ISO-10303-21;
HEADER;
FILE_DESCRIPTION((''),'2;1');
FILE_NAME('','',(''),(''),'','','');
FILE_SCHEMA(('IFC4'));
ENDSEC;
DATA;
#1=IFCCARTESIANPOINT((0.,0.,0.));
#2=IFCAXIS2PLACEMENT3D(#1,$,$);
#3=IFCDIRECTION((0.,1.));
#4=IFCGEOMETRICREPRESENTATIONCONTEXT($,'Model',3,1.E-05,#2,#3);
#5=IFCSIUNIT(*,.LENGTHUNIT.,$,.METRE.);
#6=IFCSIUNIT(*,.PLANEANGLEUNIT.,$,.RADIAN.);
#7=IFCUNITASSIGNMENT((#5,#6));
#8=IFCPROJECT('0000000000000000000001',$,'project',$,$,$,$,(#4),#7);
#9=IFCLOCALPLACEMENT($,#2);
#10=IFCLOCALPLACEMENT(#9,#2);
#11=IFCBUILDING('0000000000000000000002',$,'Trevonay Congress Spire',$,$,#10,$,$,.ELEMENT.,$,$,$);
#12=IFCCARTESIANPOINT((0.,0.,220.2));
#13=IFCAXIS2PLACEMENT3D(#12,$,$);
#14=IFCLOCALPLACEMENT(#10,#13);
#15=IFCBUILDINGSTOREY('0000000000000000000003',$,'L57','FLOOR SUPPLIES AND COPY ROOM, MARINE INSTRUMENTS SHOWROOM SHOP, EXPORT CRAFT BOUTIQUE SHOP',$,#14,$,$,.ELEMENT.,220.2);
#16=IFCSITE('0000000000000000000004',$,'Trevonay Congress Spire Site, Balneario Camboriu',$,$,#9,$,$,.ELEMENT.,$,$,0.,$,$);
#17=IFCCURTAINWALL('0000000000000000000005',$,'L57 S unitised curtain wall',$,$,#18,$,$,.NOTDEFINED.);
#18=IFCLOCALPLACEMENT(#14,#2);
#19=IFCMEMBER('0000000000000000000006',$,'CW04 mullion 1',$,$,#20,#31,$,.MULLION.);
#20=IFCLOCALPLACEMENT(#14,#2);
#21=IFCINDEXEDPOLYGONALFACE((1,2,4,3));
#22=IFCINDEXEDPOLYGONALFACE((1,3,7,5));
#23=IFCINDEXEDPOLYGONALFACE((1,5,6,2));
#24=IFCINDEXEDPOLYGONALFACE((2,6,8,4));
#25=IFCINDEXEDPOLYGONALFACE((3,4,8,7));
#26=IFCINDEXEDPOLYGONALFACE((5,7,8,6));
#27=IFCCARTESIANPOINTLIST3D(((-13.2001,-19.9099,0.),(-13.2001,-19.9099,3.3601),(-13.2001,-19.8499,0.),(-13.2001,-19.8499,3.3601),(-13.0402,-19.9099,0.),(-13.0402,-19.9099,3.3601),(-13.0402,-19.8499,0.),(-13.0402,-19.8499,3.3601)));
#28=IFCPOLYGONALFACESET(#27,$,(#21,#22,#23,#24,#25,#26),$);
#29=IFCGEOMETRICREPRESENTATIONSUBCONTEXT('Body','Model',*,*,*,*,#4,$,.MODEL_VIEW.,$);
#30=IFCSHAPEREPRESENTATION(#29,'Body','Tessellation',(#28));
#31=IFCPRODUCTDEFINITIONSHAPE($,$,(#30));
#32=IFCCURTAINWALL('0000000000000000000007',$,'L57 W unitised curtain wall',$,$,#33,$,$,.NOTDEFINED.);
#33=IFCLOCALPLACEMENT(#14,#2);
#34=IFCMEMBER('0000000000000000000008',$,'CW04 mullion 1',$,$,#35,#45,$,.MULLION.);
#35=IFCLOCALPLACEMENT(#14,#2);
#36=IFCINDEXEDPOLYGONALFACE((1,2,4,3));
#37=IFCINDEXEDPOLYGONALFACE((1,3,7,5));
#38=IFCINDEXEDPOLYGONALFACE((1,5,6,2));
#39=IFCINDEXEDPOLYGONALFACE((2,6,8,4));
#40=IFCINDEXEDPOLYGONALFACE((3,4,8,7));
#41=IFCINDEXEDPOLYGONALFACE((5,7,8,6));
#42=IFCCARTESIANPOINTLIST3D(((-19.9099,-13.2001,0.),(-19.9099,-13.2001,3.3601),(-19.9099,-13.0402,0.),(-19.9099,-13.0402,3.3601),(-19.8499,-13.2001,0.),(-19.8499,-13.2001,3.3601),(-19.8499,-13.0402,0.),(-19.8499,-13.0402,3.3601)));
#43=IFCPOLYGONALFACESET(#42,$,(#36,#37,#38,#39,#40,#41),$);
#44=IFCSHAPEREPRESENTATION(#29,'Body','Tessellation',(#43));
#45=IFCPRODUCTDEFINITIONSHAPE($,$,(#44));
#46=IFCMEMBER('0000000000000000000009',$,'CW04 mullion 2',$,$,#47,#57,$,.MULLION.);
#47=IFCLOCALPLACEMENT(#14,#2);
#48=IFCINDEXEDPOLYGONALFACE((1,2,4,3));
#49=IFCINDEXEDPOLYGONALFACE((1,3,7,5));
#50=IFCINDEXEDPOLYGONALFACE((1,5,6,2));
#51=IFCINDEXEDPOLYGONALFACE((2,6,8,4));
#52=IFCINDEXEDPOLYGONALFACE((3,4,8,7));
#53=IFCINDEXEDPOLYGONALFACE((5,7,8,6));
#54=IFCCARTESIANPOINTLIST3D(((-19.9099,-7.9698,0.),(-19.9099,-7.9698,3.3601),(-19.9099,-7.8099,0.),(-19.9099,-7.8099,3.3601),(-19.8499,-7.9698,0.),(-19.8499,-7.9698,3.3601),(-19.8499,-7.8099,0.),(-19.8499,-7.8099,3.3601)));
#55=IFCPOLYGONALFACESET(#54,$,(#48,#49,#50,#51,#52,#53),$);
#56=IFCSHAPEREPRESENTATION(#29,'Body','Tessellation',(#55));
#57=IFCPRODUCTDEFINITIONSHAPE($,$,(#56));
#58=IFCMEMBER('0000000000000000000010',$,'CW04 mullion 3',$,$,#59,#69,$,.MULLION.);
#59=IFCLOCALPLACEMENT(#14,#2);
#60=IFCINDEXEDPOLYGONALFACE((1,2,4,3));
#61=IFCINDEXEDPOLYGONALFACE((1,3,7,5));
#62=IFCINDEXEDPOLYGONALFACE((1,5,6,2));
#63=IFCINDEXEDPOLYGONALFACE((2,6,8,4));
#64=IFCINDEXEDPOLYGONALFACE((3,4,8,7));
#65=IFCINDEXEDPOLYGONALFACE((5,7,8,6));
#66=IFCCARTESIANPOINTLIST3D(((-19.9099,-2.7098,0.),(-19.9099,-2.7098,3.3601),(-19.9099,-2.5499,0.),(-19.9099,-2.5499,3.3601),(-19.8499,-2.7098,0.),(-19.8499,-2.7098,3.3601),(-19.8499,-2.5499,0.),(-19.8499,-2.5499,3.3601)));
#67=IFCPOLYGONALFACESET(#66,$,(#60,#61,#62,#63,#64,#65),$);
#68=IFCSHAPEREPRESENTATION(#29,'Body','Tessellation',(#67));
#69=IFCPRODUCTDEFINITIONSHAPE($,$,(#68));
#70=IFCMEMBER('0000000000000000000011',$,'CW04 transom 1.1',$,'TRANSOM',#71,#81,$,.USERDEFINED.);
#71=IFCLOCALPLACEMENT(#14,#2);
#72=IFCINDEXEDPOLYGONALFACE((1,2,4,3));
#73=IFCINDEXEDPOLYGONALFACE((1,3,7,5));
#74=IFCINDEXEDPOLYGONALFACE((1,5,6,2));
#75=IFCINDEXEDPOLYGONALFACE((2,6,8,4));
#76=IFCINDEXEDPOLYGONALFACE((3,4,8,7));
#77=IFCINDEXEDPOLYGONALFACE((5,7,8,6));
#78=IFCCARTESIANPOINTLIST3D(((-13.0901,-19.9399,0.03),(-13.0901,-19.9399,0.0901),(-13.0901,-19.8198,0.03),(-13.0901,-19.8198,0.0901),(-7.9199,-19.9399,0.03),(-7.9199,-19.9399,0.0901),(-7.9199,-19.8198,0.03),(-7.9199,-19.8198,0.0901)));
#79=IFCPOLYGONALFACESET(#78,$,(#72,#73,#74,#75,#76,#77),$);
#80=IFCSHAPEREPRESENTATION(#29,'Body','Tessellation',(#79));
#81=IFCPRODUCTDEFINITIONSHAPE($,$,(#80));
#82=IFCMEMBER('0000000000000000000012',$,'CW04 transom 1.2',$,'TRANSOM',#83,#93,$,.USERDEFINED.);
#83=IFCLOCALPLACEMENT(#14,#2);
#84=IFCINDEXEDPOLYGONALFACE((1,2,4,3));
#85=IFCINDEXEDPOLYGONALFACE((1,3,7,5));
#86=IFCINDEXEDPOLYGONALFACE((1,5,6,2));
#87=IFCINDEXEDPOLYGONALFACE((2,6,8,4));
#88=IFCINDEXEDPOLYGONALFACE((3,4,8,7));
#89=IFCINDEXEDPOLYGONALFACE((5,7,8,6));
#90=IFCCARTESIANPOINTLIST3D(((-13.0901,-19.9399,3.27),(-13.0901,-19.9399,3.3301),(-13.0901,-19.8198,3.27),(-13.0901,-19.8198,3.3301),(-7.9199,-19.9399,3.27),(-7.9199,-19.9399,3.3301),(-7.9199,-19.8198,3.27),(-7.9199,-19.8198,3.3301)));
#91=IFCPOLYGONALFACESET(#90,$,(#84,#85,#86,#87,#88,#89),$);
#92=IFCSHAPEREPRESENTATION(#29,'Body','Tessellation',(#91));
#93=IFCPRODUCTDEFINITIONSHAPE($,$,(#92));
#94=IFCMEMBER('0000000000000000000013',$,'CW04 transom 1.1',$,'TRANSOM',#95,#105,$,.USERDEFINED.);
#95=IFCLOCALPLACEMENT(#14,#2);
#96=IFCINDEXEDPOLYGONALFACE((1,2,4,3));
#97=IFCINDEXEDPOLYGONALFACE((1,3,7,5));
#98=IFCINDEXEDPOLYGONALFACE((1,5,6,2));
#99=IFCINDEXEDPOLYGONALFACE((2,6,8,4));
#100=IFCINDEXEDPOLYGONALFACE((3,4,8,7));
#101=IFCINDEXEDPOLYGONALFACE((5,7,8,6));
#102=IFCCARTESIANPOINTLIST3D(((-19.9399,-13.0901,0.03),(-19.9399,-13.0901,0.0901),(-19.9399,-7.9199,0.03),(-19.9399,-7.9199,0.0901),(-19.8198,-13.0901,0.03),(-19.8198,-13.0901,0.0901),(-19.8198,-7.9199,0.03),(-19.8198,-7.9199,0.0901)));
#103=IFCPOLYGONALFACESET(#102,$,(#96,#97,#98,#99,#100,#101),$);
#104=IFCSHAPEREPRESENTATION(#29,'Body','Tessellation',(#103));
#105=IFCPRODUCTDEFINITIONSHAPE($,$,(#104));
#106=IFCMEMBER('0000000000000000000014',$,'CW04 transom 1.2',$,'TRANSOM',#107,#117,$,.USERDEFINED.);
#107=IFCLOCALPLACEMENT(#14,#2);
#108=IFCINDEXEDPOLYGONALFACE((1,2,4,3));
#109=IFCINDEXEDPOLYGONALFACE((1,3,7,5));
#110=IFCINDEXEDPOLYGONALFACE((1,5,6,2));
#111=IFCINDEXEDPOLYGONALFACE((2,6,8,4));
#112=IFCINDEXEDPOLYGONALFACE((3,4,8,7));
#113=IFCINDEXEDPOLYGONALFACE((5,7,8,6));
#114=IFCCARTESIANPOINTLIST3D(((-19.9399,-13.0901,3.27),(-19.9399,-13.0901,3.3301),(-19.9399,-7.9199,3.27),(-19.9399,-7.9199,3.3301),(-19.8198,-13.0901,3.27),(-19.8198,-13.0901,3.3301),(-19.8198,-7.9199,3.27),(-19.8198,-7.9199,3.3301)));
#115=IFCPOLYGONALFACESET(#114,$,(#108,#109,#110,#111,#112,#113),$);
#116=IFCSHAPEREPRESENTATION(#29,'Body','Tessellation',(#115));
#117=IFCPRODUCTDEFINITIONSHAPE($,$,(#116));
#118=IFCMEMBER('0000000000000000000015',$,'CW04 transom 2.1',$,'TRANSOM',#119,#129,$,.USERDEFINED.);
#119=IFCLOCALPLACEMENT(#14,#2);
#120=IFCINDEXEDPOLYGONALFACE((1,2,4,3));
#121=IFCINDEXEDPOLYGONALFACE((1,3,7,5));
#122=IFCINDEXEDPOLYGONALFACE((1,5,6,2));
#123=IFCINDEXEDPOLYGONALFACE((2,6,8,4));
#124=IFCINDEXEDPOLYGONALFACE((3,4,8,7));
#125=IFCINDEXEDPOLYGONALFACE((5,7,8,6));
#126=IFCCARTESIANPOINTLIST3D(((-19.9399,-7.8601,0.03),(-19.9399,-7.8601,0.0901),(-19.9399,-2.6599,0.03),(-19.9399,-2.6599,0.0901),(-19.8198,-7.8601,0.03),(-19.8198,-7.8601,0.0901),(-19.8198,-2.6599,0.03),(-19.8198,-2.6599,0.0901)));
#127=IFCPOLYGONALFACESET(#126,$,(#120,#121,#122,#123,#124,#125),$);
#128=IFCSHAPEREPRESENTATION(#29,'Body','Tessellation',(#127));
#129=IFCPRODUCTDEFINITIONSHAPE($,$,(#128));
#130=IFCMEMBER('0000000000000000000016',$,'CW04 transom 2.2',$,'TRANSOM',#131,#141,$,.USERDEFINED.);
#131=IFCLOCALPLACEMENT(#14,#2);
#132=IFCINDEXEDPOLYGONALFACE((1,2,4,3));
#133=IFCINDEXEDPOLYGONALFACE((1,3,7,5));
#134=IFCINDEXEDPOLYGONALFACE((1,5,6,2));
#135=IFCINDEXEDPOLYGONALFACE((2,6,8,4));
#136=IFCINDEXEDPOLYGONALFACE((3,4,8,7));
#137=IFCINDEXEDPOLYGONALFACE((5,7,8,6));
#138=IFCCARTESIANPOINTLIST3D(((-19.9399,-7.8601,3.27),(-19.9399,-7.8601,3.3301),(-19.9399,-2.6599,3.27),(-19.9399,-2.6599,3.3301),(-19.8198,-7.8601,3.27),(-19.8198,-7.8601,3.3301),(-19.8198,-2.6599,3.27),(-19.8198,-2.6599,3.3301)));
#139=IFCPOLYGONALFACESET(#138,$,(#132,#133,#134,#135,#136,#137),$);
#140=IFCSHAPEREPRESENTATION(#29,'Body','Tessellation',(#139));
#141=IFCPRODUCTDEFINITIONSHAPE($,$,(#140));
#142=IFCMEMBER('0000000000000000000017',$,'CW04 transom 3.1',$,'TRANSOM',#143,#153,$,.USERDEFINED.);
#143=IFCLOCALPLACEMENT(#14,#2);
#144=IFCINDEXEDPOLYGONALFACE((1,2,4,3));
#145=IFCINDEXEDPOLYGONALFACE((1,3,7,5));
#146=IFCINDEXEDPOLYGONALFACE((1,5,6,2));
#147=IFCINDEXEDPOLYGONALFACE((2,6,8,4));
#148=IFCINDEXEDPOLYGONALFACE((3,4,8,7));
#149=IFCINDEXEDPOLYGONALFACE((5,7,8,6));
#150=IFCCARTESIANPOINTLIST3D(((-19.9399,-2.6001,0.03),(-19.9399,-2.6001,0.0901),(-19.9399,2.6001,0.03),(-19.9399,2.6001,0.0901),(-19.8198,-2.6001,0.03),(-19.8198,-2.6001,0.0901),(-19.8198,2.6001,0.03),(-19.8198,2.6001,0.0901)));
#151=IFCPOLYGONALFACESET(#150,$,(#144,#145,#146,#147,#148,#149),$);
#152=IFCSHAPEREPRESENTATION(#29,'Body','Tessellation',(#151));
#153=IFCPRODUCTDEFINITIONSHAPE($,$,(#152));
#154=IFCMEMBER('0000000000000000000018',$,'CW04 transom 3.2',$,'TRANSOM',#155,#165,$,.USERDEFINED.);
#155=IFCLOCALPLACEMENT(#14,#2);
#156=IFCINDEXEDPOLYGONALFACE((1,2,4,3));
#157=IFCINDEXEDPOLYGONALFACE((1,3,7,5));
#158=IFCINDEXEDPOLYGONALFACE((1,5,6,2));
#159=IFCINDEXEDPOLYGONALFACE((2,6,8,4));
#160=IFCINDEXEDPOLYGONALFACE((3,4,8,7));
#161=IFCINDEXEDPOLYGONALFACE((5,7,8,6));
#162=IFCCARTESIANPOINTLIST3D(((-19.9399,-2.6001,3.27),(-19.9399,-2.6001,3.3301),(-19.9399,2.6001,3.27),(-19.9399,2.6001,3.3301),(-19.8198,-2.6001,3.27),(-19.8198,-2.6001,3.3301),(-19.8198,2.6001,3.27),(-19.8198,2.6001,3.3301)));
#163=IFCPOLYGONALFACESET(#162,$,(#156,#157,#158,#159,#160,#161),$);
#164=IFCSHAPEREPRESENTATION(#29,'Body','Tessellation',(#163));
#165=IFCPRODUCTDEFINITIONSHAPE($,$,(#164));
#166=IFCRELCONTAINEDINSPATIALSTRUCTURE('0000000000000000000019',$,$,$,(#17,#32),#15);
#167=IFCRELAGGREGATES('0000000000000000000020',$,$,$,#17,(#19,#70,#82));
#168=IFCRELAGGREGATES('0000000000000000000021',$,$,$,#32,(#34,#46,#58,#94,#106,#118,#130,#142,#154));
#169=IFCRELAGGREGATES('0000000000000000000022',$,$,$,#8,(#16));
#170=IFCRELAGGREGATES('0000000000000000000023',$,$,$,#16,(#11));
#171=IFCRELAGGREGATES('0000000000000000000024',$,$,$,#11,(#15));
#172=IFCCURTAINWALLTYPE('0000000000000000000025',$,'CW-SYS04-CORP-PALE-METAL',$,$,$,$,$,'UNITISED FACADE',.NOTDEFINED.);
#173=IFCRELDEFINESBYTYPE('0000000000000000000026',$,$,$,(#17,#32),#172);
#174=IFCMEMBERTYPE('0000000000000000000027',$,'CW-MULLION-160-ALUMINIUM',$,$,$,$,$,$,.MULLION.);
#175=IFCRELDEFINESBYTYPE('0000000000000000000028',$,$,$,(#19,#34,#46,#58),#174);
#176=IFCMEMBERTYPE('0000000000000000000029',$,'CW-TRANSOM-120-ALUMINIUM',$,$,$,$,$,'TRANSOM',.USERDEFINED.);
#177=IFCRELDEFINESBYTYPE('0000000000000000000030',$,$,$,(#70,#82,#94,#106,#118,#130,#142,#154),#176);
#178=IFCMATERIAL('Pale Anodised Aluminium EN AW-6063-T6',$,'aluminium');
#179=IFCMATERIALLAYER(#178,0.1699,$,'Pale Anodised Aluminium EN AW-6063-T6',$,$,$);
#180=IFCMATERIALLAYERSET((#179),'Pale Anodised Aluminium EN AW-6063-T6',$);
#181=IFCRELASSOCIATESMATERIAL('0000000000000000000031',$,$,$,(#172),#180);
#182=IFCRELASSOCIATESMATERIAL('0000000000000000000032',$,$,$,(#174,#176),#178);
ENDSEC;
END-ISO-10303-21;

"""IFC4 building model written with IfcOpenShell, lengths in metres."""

from ifc_helpers import new_model, si_unit, direction, frame, origin, origin_2d, place, context, subcontext, project, spatial, rectangle, extrude, material, layer, layer_set, material_profile, profile_set, type_object, element, aggregate, save


model = new_model("IFC4")

# Units and contexts
model_context = context("Model", 3, precision=1e-05, world=origin(), true_north=direction((0.0, 1.0)))
body_context = subcontext(model_context, "Body", "Model", "MODEL_VIEW")
ifc_project = project(units=[si_unit("LENGTHUNIT", "METRE"), si_unit("PLANEANGLEUNIT", "RADIAN")], contexts=[model_context])

# Site, building, storey
site_placement = place(None, origin())
site = spatial("IfcSite", under=ifc_project, at=site_placement, Name="Trevonay Congress Spire Site, Balneario Camboriu", CompositionType="ELEMENT", RefElevation=0.0)
building_placement = place(site_placement, origin())
building = spatial("IfcBuilding", under=site, at=building_placement, Name="Trevonay Congress Spire", CompositionType="ELEMENT")
storey_placement = place(building_placement, frame((0.0, 0.0, 220.2)))
storey = spatial("IfcBuildingStorey", under=building, at=storey_placement, Name="L57", Description="FLOOR SUPPLIES AND COPY ROOM, MARINE INSTRUMENTS SHOWROOM SHOP, EXPORT CRAFT BOUTIQUE SHOP", CompositionType="ELEMENT", Elevation=220.2)

# Curtain wall, member
ifc_material_1 = material(Name="Pale Anodised Aluminium EN AW-6063-T6", Category="aluminium")
ifc_layer_1 = layer(ifc_material_1, 0.1699, Name="Pale Anodised Aluminium EN AW-6063-T6")
ifc_layer_set_1 = layer_set([ifc_layer_1], Name="Pale Anodised Aluminium EN AW-6063-T6")
curtain_wall_type = type_object("IfcCurtainWallType", Name="CW-SYS04-CORP-PALE-METAL", ElementType="UNITISED FACADE", PredefinedType="NOTDEFINED", material=ifc_layer_set_1)
curtain_wall_1_placement = place(storey_placement, origin())
curtain_wall_1 = element("IfcCurtainWall", 1, at=curtain_wall_1_placement, inside=storey, type_object=curtain_wall_type, Name="L57 S unitised curtain wall", PredefinedType="NOTDEFINED")
ifc_material_profile_1 = material_profile(ifc_material_1, rectangle(XDim=0.0601, YDim=0.1599, at=origin_2d()), Name="CW-MULLION-160-ALUMINIUM")
ifc_profile_set_1 = profile_set([ifc_material_profile_1], Name="Pale Anodised Aluminium EN AW-6063-T6")
member_type_1 = type_object("IfcMemberType", Name="CW-MULLION-160-ALUMINIUM", PredefinedType="MULLION", material=ifc_profile_set_1)
member_1_placement = place(storey_placement, frame((-13.1201, -19.8799, 0.0), z_axis=(0.0, 0.0, 1.0), x_axis=(0.0, 1.0, 0.0)))
member_1 = element("IfcMember", 2, at=member_1_placement, type_object=member_type_1, Name="CW04 mullion 1", PredefinedType="MULLION", context=body_context, shape_type="SweptSolid", body=[
    extrude(rectangle(XDim=0.0601, YDim=0.1599, at=origin_2d()), origin(), (0.0, 0.0, 1.0), 3.3601),
])

# Curtain wall, members
curtain_wall_2_placement = place(storey_placement, origin())
curtain_wall_2 = element("IfcCurtainWall", 3, at=curtain_wall_2_placement, inside=storey, type_object=curtain_wall_type, Name="L57 W unitised curtain wall", PredefinedType="NOTDEFINED")
member_2_placement = place(storey_placement, frame((-19.8799, -13.1201, 0.0), z_axis=(0.0, 0.0, 1.0), x_axis=(-1.0, 0.0, 0.0)))
member_2 = element("IfcMember", 4, at=member_2_placement, type_object=member_type_1, Name="CW04 mullion 1", PredefinedType="MULLION", context=body_context, shape_type="SweptSolid", body=[
    extrude(rectangle(XDim=0.0601, YDim=0.1599, at=origin_2d()), origin(), (0.0, 0.0, 1.0), 3.3601),
])
member_3_placement = place(storey_placement, frame((-19.8799, -7.8899, 0.0), z_axis=(0.0, 0.0, 1.0), x_axis=(-1.0, 0.0, 0.0)))
member_3 = element("IfcMember", 5, at=member_3_placement, type_object=member_type_1, Name="CW04 mullion 2", PredefinedType="MULLION", context=body_context, shape_type="SweptSolid", body=[
    extrude(rectangle(XDim=0.0601, YDim=0.1599, at=origin_2d()), origin(), (0.0, 0.0, 1.0), 3.3601),
])
member_4_placement = place(storey_placement, frame((-19.8799, -2.6299, 0.0), z_axis=(0.0, 0.0, 1.0), x_axis=(-1.0, 0.0, 0.0)))
member_4 = element("IfcMember", 6, at=member_4_placement, type_object=member_type_1, Name="CW04 mullion 3", PredefinedType="MULLION", context=body_context, shape_type="SweptSolid", body=[
    extrude(rectangle(XDim=0.0601, YDim=0.1599, at=origin_2d()), origin(), (0.0, 0.0, 1.0), 3.3601),
])

# Members
ifc_material_profile_2 = material_profile(ifc_material_1, rectangle(XDim=0.1201, YDim=0.0601, at=origin_2d()), Name="CW-TRANSOM-120-ALUMINIUM")
ifc_profile_set_2 = profile_set([ifc_material_profile_2], Name="Pale Anodised Aluminium EN AW-6063-T6")
member_type_2 = type_object("IfcMemberType", Name="CW-TRANSOM-120-ALUMINIUM", ElementType="TRANSOM", PredefinedType="USERDEFINED", material=ifc_profile_set_2)
member_5_placement = place(storey_placement, frame((-13.0901, -19.8799, 0.0601), z_axis=(1.0, 0.0, 0.0), x_axis=(0.0, 1.0, 0.0)))
member_5 = element("IfcMember", 7, at=member_5_placement, type_object=member_type_2, Name="CW04 transom 1.1", ObjectType="TRANSOM", PredefinedType="USERDEFINED", context=body_context, shape_type="SweptSolid", body=[
    extrude(rectangle(XDim=0.1201, YDim=0.0601, at=origin_2d()), origin(), (0.0, 0.0, 1.0), 5.1702),
])
member_6_placement = place(storey_placement, frame((-13.0901, -19.8799, 3.3), z_axis=(1.0, 0.0, 0.0), x_axis=(0.0, 1.0, 0.0)))
member_6 = element("IfcMember", 8, at=member_6_placement, type_object=member_type_2, Name="CW04 transom 1.2", ObjectType="TRANSOM", PredefinedType="USERDEFINED", context=body_context, shape_type="SweptSolid", body=[
    extrude(rectangle(XDim=0.1201, YDim=0.0601, at=origin_2d()), origin(), (0.0, 0.0, 1.0), 5.1702),
])
member_7_placement = place(storey_placement, frame((-19.8799, -13.0901, 0.0601), z_axis=(0.0, 1.0, 0.0), x_axis=(-1.0, 0.0, 0.0)))
member_7 = element("IfcMember", 9, at=member_7_placement, type_object=member_type_2, Name="CW04 transom 1.1", ObjectType="TRANSOM", PredefinedType="USERDEFINED", context=body_context, shape_type="SweptSolid", body=[
    extrude(rectangle(XDim=0.1201, YDim=0.0601, at=origin_2d()), origin(), (0.0, 0.0, 1.0), 5.1702),
])
member_8_placement = place(storey_placement, frame((-19.8799, -13.0901, 3.3), z_axis=(0.0, 1.0, 0.0), x_axis=(-1.0, 0.0, 0.0)))
member_8 = element("IfcMember", 10, at=member_8_placement, type_object=member_type_2, Name="CW04 transom 1.2", ObjectType="TRANSOM", PredefinedType="USERDEFINED", context=body_context, shape_type="SweptSolid", body=[
    extrude(rectangle(XDim=0.1201, YDim=0.0601, at=origin_2d()), origin(), (0.0, 0.0, 1.0), 5.1702),
])
member_9_placement = place(storey_placement, frame((-19.8799, -7.8601, 0.0601), z_axis=(0.0, 1.0, 0.0), x_axis=(-1.0, 0.0, 0.0)))
member_9 = element("IfcMember", 11, at=member_9_placement, type_object=member_type_2, Name="CW04 transom 2.1", ObjectType="TRANSOM", PredefinedType="USERDEFINED", context=body_context, shape_type="SweptSolid", body=[
    extrude(rectangle(XDim=0.1201, YDim=0.0601, at=origin_2d()), origin(), (0.0, 0.0, 1.0), 5.2002),
])
member_10_placement = place(storey_placement, frame((-19.8799, -7.8601, 3.3), z_axis=(0.0, 1.0, 0.0), x_axis=(-1.0, 0.0, 0.0)))
member_10 = element("IfcMember", 12, at=member_10_placement, type_object=member_type_2, Name="CW04 transom 2.2", ObjectType="TRANSOM", PredefinedType="USERDEFINED", context=body_context, shape_type="SweptSolid", body=[
    extrude(rectangle(XDim=0.1201, YDim=0.0601, at=origin_2d()), origin(), (0.0, 0.0, 1.0), 5.2002),
])
member_11_placement = place(storey_placement, frame((-19.8799, -2.6001, 0.0601), z_axis=(0.0, 1.0, 0.0), x_axis=(-1.0, 0.0, 0.0)))
member_11 = element("IfcMember", 13, at=member_11_placement, type_object=member_type_2, Name="CW04 transom 3.1", ObjectType="TRANSOM", PredefinedType="USERDEFINED", context=body_context, shape_type="SweptSolid", body=[
    extrude(rectangle(XDim=0.1201, YDim=0.0601, at=origin_2d()), origin(), (0.0, 0.0, 1.0), 5.2002),
])
member_12_placement = place(storey_placement, frame((-19.8799, -2.6001, 3.3), z_axis=(0.0, 1.0, 0.0), x_axis=(-1.0, 0.0, 0.0)))
member_12 = element("IfcMember", 14, at=member_12_placement, type_object=member_type_2, Name="CW04 transom 3.2", ObjectType="TRANSOM", PredefinedType="USERDEFINED", context=body_context, shape_type="SweptSolid", body=[
    extrude(rectangle(XDim=0.1201, YDim=0.0601, at=origin_2d()), origin(), (0.0, 0.0, 1.0), 5.2002),
])

aggregate(curtain_wall_1, [member_1, member_5, member_6])
aggregate(curtain_wall_2, [member_2, member_3, member_4, member_7, member_8, member_9, member_10, member_11, member_12])

save(model, "model.ifc")
